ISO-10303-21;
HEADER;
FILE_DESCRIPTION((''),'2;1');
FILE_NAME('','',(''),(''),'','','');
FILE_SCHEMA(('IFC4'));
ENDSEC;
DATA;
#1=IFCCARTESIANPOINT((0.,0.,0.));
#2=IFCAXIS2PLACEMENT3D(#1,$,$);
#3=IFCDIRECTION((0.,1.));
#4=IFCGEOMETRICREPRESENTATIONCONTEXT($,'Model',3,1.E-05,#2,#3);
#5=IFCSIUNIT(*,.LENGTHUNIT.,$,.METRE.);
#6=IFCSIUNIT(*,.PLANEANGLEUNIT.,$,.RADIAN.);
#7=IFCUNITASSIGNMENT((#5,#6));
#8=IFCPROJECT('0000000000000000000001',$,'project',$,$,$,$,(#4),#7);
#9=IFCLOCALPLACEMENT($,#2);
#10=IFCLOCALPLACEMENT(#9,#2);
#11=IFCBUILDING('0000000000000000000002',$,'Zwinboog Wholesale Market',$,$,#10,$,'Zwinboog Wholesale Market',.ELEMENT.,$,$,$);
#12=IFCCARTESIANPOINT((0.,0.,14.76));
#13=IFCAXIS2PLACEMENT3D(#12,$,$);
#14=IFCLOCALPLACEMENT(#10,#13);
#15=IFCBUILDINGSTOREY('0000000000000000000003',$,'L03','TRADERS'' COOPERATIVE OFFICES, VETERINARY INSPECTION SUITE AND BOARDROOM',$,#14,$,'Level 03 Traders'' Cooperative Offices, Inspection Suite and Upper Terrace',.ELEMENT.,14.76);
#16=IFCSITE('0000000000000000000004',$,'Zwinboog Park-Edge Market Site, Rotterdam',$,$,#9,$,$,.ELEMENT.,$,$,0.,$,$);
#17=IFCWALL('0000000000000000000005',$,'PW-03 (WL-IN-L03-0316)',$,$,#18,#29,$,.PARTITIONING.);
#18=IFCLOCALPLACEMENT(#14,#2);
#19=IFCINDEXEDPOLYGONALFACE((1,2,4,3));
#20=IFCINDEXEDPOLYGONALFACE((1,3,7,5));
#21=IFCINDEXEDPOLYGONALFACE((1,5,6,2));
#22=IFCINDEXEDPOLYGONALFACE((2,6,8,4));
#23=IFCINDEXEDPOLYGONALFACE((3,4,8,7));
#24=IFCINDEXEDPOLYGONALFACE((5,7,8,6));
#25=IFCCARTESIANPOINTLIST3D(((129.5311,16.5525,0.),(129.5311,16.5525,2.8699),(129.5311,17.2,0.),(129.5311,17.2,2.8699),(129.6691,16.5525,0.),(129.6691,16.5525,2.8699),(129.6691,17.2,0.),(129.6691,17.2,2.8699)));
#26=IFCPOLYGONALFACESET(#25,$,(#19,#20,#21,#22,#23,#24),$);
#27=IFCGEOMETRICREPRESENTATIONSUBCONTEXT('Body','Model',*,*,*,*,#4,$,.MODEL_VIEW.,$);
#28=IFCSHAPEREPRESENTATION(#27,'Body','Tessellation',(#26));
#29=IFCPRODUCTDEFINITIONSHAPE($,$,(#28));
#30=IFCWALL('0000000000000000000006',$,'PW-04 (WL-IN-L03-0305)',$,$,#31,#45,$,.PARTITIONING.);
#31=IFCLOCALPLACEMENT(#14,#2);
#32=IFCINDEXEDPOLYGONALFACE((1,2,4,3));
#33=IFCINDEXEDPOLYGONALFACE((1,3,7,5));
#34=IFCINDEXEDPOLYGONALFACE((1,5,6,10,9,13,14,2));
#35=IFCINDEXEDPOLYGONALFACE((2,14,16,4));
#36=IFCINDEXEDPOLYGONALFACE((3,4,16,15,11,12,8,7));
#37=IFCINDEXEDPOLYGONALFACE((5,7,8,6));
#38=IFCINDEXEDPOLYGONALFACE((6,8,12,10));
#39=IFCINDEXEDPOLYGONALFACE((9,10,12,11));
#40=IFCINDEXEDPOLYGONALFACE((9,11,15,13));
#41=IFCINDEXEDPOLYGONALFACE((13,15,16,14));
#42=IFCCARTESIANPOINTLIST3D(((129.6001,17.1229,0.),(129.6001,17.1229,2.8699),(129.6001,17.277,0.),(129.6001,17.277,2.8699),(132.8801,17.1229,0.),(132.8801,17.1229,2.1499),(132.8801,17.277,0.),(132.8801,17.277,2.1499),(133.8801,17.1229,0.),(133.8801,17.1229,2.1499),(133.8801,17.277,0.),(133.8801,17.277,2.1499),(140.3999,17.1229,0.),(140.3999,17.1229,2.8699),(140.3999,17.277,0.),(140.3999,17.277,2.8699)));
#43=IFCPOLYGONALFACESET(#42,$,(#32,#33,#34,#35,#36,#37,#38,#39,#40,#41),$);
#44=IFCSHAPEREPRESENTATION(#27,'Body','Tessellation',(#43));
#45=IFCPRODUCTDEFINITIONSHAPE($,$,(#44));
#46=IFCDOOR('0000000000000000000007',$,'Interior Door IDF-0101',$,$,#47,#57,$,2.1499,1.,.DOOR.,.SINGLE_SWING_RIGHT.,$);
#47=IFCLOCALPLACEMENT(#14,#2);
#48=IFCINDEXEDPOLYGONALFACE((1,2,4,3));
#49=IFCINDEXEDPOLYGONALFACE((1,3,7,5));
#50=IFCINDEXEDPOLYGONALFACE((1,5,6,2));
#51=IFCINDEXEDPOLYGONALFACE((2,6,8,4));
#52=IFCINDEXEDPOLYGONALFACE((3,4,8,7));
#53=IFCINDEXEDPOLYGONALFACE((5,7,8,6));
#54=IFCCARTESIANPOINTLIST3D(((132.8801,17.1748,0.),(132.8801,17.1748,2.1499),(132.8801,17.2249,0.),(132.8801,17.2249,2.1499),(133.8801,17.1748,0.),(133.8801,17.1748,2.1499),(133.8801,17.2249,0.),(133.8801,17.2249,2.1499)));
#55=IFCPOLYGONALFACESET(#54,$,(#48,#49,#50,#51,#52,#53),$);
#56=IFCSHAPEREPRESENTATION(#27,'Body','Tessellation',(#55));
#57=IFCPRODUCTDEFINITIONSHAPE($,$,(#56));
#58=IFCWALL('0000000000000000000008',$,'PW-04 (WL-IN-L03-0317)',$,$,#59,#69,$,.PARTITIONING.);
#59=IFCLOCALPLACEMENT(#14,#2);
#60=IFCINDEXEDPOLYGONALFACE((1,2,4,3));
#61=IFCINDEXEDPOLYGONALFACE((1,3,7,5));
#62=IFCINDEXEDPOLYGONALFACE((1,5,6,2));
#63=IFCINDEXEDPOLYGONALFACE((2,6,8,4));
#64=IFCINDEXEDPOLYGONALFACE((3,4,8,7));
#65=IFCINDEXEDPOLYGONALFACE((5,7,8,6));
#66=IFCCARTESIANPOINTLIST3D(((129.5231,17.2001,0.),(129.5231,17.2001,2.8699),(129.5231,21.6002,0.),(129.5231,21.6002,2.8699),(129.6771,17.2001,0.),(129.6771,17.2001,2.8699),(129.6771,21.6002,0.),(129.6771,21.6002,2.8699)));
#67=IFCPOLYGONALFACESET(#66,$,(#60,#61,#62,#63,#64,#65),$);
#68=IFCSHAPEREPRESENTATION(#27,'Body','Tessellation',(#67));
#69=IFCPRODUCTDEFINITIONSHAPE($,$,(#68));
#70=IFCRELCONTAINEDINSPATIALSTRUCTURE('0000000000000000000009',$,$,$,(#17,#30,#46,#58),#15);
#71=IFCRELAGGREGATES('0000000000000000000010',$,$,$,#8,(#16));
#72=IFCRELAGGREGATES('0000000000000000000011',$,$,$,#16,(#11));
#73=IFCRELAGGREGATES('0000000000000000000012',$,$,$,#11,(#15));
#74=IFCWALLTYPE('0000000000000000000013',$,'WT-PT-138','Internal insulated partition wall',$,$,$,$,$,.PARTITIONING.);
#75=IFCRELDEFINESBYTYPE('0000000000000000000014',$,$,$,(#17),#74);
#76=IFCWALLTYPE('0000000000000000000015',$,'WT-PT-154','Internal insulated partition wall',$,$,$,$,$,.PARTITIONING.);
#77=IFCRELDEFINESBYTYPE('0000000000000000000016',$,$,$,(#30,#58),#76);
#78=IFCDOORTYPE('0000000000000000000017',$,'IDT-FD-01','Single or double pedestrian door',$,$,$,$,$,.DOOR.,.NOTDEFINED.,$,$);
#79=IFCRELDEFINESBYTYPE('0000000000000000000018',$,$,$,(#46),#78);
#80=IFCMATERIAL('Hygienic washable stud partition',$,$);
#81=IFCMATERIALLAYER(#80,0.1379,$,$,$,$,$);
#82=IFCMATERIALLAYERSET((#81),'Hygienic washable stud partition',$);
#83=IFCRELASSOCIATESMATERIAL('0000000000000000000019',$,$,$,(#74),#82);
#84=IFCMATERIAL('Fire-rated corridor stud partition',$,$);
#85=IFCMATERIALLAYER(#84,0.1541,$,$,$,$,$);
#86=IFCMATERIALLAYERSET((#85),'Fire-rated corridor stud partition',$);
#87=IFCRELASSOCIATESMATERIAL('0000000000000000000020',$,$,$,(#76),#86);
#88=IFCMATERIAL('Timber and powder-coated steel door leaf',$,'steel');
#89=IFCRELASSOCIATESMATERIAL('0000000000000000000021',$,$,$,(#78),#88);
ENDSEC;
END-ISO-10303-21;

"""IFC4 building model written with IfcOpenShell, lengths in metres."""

from ifc_helpers import new_model, si_unit, direction, frame, frame_2d, origin, place, context, subcontext, project, spatial, rectangle, extrude, material, layer, layer_set, type_object, element, fill, save


model = new_model("IFC4")

# Units and contexts
model_context = context("Model", 3, precision=1e-05, world=origin(), true_north=direction((0.0, 1.0)))
body_context = subcontext(model_context, "Body", "Model", "MODEL_VIEW")
ifc_project = project(units=[si_unit("LENGTHUNIT", "METRE"), si_unit("PLANEANGLEUNIT", "RADIAN")], contexts=[model_context])

# Site, building, storey
site_placement = place(None, origin())
site = spatial("IfcSite", under=ifc_project, at=site_placement, Name="Zwinboog Park-Edge Market Site, Rotterdam", CompositionType="ELEMENT", RefElevation=0.0)
building_placement = place(site_placement, origin())
building = spatial("IfcBuilding", under=site, at=building_placement, Name="Zwinboog Wholesale Market", LongName="Zwinboog Wholesale Market", CompositionType="ELEMENT")
storey_placement = place(building_placement, frame((0.0, 0.0, 14.76)))
storey = spatial("IfcBuildingStorey", under=building, at=storey_placement, Name="L03", Description="TRADERS' COOPERATIVE OFFICES, VETERINARY INSPECTION SUITE AND BOARDROOM", LongName="Level 03 Traders' Cooperative Offices, Inspection Suite and Upper Terrace", CompositionType="ELEMENT", Elevation=14.76)

# Wall
ifc_material_1 = material(Name="Hygienic washable stud partition")
ifc_layer_1 = layer(ifc_material_1, 0.1379)
ifc_layer_set_1 = layer_set([ifc_layer_1], Name="Hygienic washable stud partition")
wall_type_1 = type_object("IfcWallType", Name="WT-PT-138", Description="Internal insulated partition wall", PredefinedType="PARTITIONING", material=ifc_layer_set_1)
wall_1_placement = place(storey_placement, frame((129.6001, 16.5525, 0.0), z_axis=(0.0, 0.0, 1.0), x_axis=(0.0, 1.0, 0.0)))
element("IfcWall", 1, at=wall_1_placement, inside=storey, type_object=wall_type_1, Name="PW-03 (WL-IN-L03-0316)", PredefinedType="PARTITIONING", context=body_context, shape_type="SweptSolid", body=[
    extrude(rectangle(XDim=0.6475, YDim=0.1379, at=frame_2d((0.3237, 0.0))), origin(), (0.0, 0.0, 1.0), 2.8699),
])

# Wall, opening, door
ifc_material_2 = material(Name="Fire-rated corridor stud partition")
ifc_layer_2 = layer(ifc_material_2, 0.1541)
ifc_layer_set_2 = layer_set([ifc_layer_2], Name="Fire-rated corridor stud partition")
wall_type_2 = type_object("IfcWallType", Name="WT-PT-154", Description="Internal insulated partition wall", PredefinedType="PARTITIONING", material=ifc_layer_set_2)
wall_2_placement = place(storey_placement, frame((129.6001, 17.2, 0.0), z_axis=(0.0, 0.0, 1.0), x_axis=(1.0, 0.0, 0.0)))
wall_2 = element("IfcWall", 2, at=wall_2_placement, inside=storey, type_object=wall_type_2, Name="PW-04 (WL-IN-L03-0305)", PredefinedType="PARTITIONING", context=body_context, shape_type="SweptSolid", body=[
    extrude(rectangle(XDim=10.7998, YDim=0.1541, at=frame_2d((5.3999, 0.0))), origin(), (0.0, 0.0, 1.0), 2.8699),
])
opening_placement = place(wall_2_placement, frame((3.28, 0.0, 0.0)))
opening = element("IfcOpeningElement", 3, at=opening_placement, cuts=wall_2, PredefinedType="OPENING", context=body_context, shape_type="SweptSolid", body=[
    extrude(rectangle(XDim=1.0, YDim=2.1499, at=frame_2d((0.5, 1.075))), frame((0.0, 0.0869, 0.0), z_axis=(0.0, -1.0, 0.0), x_axis=(1.0, 0.0, 0.0)), (0.0, 0.0, 1.0), 0.1741),
])
ifc_material_3 = material(Name="Timber and powder-coated steel door leaf", Category="steel")
door_type = type_object("IfcDoorType", Name="IDT-FD-01", Description="Single or double pedestrian door", OperationType="NOTDEFINED", PredefinedType="DOOR", material=ifc_material_3)
door_placement = place(opening_placement, origin())
door = element("IfcDoor", 4, at=door_placement, inside=storey, type_object=door_type, Name="Interior Door IDF-0101", OperationType="SINGLE_SWING_RIGHT", OverallHeight=2.1499, OverallWidth=1.0, PredefinedType="DOOR", context=body_context, shape_type="SweptSolid", body=[
    extrude(rectangle(XDim=1.0, YDim=2.1499, at=frame_2d((0.5, 1.075))), frame((0.0, 0.0249, 0.0), z_axis=(0.0, -1.0, 0.0), x_axis=(1.0, 0.0, 0.0)), (0.0, 0.0, 1.0), 0.05),
])
fill(opening, door)

# Wall
wall_3_placement = place(storey_placement, frame((129.6001, 17.2, 0.0), z_axis=(0.0, 0.0, 1.0), x_axis=(0.0, 1.0, 0.0)))
element("IfcWall", 5, at=wall_3_placement, inside=storey, type_object=wall_type_2, Name="PW-04 (WL-IN-L03-0317)", PredefinedType="PARTITIONING", context=body_context, shape_type="SweptSolid", body=[
    extrude(rectangle(XDim=4.4001, YDim=0.1541, at=frame_2d((2.2002, 0.0))), origin(), (0.0, 0.0, 1.0), 2.8699),
])

save(model, "model.ifc")
